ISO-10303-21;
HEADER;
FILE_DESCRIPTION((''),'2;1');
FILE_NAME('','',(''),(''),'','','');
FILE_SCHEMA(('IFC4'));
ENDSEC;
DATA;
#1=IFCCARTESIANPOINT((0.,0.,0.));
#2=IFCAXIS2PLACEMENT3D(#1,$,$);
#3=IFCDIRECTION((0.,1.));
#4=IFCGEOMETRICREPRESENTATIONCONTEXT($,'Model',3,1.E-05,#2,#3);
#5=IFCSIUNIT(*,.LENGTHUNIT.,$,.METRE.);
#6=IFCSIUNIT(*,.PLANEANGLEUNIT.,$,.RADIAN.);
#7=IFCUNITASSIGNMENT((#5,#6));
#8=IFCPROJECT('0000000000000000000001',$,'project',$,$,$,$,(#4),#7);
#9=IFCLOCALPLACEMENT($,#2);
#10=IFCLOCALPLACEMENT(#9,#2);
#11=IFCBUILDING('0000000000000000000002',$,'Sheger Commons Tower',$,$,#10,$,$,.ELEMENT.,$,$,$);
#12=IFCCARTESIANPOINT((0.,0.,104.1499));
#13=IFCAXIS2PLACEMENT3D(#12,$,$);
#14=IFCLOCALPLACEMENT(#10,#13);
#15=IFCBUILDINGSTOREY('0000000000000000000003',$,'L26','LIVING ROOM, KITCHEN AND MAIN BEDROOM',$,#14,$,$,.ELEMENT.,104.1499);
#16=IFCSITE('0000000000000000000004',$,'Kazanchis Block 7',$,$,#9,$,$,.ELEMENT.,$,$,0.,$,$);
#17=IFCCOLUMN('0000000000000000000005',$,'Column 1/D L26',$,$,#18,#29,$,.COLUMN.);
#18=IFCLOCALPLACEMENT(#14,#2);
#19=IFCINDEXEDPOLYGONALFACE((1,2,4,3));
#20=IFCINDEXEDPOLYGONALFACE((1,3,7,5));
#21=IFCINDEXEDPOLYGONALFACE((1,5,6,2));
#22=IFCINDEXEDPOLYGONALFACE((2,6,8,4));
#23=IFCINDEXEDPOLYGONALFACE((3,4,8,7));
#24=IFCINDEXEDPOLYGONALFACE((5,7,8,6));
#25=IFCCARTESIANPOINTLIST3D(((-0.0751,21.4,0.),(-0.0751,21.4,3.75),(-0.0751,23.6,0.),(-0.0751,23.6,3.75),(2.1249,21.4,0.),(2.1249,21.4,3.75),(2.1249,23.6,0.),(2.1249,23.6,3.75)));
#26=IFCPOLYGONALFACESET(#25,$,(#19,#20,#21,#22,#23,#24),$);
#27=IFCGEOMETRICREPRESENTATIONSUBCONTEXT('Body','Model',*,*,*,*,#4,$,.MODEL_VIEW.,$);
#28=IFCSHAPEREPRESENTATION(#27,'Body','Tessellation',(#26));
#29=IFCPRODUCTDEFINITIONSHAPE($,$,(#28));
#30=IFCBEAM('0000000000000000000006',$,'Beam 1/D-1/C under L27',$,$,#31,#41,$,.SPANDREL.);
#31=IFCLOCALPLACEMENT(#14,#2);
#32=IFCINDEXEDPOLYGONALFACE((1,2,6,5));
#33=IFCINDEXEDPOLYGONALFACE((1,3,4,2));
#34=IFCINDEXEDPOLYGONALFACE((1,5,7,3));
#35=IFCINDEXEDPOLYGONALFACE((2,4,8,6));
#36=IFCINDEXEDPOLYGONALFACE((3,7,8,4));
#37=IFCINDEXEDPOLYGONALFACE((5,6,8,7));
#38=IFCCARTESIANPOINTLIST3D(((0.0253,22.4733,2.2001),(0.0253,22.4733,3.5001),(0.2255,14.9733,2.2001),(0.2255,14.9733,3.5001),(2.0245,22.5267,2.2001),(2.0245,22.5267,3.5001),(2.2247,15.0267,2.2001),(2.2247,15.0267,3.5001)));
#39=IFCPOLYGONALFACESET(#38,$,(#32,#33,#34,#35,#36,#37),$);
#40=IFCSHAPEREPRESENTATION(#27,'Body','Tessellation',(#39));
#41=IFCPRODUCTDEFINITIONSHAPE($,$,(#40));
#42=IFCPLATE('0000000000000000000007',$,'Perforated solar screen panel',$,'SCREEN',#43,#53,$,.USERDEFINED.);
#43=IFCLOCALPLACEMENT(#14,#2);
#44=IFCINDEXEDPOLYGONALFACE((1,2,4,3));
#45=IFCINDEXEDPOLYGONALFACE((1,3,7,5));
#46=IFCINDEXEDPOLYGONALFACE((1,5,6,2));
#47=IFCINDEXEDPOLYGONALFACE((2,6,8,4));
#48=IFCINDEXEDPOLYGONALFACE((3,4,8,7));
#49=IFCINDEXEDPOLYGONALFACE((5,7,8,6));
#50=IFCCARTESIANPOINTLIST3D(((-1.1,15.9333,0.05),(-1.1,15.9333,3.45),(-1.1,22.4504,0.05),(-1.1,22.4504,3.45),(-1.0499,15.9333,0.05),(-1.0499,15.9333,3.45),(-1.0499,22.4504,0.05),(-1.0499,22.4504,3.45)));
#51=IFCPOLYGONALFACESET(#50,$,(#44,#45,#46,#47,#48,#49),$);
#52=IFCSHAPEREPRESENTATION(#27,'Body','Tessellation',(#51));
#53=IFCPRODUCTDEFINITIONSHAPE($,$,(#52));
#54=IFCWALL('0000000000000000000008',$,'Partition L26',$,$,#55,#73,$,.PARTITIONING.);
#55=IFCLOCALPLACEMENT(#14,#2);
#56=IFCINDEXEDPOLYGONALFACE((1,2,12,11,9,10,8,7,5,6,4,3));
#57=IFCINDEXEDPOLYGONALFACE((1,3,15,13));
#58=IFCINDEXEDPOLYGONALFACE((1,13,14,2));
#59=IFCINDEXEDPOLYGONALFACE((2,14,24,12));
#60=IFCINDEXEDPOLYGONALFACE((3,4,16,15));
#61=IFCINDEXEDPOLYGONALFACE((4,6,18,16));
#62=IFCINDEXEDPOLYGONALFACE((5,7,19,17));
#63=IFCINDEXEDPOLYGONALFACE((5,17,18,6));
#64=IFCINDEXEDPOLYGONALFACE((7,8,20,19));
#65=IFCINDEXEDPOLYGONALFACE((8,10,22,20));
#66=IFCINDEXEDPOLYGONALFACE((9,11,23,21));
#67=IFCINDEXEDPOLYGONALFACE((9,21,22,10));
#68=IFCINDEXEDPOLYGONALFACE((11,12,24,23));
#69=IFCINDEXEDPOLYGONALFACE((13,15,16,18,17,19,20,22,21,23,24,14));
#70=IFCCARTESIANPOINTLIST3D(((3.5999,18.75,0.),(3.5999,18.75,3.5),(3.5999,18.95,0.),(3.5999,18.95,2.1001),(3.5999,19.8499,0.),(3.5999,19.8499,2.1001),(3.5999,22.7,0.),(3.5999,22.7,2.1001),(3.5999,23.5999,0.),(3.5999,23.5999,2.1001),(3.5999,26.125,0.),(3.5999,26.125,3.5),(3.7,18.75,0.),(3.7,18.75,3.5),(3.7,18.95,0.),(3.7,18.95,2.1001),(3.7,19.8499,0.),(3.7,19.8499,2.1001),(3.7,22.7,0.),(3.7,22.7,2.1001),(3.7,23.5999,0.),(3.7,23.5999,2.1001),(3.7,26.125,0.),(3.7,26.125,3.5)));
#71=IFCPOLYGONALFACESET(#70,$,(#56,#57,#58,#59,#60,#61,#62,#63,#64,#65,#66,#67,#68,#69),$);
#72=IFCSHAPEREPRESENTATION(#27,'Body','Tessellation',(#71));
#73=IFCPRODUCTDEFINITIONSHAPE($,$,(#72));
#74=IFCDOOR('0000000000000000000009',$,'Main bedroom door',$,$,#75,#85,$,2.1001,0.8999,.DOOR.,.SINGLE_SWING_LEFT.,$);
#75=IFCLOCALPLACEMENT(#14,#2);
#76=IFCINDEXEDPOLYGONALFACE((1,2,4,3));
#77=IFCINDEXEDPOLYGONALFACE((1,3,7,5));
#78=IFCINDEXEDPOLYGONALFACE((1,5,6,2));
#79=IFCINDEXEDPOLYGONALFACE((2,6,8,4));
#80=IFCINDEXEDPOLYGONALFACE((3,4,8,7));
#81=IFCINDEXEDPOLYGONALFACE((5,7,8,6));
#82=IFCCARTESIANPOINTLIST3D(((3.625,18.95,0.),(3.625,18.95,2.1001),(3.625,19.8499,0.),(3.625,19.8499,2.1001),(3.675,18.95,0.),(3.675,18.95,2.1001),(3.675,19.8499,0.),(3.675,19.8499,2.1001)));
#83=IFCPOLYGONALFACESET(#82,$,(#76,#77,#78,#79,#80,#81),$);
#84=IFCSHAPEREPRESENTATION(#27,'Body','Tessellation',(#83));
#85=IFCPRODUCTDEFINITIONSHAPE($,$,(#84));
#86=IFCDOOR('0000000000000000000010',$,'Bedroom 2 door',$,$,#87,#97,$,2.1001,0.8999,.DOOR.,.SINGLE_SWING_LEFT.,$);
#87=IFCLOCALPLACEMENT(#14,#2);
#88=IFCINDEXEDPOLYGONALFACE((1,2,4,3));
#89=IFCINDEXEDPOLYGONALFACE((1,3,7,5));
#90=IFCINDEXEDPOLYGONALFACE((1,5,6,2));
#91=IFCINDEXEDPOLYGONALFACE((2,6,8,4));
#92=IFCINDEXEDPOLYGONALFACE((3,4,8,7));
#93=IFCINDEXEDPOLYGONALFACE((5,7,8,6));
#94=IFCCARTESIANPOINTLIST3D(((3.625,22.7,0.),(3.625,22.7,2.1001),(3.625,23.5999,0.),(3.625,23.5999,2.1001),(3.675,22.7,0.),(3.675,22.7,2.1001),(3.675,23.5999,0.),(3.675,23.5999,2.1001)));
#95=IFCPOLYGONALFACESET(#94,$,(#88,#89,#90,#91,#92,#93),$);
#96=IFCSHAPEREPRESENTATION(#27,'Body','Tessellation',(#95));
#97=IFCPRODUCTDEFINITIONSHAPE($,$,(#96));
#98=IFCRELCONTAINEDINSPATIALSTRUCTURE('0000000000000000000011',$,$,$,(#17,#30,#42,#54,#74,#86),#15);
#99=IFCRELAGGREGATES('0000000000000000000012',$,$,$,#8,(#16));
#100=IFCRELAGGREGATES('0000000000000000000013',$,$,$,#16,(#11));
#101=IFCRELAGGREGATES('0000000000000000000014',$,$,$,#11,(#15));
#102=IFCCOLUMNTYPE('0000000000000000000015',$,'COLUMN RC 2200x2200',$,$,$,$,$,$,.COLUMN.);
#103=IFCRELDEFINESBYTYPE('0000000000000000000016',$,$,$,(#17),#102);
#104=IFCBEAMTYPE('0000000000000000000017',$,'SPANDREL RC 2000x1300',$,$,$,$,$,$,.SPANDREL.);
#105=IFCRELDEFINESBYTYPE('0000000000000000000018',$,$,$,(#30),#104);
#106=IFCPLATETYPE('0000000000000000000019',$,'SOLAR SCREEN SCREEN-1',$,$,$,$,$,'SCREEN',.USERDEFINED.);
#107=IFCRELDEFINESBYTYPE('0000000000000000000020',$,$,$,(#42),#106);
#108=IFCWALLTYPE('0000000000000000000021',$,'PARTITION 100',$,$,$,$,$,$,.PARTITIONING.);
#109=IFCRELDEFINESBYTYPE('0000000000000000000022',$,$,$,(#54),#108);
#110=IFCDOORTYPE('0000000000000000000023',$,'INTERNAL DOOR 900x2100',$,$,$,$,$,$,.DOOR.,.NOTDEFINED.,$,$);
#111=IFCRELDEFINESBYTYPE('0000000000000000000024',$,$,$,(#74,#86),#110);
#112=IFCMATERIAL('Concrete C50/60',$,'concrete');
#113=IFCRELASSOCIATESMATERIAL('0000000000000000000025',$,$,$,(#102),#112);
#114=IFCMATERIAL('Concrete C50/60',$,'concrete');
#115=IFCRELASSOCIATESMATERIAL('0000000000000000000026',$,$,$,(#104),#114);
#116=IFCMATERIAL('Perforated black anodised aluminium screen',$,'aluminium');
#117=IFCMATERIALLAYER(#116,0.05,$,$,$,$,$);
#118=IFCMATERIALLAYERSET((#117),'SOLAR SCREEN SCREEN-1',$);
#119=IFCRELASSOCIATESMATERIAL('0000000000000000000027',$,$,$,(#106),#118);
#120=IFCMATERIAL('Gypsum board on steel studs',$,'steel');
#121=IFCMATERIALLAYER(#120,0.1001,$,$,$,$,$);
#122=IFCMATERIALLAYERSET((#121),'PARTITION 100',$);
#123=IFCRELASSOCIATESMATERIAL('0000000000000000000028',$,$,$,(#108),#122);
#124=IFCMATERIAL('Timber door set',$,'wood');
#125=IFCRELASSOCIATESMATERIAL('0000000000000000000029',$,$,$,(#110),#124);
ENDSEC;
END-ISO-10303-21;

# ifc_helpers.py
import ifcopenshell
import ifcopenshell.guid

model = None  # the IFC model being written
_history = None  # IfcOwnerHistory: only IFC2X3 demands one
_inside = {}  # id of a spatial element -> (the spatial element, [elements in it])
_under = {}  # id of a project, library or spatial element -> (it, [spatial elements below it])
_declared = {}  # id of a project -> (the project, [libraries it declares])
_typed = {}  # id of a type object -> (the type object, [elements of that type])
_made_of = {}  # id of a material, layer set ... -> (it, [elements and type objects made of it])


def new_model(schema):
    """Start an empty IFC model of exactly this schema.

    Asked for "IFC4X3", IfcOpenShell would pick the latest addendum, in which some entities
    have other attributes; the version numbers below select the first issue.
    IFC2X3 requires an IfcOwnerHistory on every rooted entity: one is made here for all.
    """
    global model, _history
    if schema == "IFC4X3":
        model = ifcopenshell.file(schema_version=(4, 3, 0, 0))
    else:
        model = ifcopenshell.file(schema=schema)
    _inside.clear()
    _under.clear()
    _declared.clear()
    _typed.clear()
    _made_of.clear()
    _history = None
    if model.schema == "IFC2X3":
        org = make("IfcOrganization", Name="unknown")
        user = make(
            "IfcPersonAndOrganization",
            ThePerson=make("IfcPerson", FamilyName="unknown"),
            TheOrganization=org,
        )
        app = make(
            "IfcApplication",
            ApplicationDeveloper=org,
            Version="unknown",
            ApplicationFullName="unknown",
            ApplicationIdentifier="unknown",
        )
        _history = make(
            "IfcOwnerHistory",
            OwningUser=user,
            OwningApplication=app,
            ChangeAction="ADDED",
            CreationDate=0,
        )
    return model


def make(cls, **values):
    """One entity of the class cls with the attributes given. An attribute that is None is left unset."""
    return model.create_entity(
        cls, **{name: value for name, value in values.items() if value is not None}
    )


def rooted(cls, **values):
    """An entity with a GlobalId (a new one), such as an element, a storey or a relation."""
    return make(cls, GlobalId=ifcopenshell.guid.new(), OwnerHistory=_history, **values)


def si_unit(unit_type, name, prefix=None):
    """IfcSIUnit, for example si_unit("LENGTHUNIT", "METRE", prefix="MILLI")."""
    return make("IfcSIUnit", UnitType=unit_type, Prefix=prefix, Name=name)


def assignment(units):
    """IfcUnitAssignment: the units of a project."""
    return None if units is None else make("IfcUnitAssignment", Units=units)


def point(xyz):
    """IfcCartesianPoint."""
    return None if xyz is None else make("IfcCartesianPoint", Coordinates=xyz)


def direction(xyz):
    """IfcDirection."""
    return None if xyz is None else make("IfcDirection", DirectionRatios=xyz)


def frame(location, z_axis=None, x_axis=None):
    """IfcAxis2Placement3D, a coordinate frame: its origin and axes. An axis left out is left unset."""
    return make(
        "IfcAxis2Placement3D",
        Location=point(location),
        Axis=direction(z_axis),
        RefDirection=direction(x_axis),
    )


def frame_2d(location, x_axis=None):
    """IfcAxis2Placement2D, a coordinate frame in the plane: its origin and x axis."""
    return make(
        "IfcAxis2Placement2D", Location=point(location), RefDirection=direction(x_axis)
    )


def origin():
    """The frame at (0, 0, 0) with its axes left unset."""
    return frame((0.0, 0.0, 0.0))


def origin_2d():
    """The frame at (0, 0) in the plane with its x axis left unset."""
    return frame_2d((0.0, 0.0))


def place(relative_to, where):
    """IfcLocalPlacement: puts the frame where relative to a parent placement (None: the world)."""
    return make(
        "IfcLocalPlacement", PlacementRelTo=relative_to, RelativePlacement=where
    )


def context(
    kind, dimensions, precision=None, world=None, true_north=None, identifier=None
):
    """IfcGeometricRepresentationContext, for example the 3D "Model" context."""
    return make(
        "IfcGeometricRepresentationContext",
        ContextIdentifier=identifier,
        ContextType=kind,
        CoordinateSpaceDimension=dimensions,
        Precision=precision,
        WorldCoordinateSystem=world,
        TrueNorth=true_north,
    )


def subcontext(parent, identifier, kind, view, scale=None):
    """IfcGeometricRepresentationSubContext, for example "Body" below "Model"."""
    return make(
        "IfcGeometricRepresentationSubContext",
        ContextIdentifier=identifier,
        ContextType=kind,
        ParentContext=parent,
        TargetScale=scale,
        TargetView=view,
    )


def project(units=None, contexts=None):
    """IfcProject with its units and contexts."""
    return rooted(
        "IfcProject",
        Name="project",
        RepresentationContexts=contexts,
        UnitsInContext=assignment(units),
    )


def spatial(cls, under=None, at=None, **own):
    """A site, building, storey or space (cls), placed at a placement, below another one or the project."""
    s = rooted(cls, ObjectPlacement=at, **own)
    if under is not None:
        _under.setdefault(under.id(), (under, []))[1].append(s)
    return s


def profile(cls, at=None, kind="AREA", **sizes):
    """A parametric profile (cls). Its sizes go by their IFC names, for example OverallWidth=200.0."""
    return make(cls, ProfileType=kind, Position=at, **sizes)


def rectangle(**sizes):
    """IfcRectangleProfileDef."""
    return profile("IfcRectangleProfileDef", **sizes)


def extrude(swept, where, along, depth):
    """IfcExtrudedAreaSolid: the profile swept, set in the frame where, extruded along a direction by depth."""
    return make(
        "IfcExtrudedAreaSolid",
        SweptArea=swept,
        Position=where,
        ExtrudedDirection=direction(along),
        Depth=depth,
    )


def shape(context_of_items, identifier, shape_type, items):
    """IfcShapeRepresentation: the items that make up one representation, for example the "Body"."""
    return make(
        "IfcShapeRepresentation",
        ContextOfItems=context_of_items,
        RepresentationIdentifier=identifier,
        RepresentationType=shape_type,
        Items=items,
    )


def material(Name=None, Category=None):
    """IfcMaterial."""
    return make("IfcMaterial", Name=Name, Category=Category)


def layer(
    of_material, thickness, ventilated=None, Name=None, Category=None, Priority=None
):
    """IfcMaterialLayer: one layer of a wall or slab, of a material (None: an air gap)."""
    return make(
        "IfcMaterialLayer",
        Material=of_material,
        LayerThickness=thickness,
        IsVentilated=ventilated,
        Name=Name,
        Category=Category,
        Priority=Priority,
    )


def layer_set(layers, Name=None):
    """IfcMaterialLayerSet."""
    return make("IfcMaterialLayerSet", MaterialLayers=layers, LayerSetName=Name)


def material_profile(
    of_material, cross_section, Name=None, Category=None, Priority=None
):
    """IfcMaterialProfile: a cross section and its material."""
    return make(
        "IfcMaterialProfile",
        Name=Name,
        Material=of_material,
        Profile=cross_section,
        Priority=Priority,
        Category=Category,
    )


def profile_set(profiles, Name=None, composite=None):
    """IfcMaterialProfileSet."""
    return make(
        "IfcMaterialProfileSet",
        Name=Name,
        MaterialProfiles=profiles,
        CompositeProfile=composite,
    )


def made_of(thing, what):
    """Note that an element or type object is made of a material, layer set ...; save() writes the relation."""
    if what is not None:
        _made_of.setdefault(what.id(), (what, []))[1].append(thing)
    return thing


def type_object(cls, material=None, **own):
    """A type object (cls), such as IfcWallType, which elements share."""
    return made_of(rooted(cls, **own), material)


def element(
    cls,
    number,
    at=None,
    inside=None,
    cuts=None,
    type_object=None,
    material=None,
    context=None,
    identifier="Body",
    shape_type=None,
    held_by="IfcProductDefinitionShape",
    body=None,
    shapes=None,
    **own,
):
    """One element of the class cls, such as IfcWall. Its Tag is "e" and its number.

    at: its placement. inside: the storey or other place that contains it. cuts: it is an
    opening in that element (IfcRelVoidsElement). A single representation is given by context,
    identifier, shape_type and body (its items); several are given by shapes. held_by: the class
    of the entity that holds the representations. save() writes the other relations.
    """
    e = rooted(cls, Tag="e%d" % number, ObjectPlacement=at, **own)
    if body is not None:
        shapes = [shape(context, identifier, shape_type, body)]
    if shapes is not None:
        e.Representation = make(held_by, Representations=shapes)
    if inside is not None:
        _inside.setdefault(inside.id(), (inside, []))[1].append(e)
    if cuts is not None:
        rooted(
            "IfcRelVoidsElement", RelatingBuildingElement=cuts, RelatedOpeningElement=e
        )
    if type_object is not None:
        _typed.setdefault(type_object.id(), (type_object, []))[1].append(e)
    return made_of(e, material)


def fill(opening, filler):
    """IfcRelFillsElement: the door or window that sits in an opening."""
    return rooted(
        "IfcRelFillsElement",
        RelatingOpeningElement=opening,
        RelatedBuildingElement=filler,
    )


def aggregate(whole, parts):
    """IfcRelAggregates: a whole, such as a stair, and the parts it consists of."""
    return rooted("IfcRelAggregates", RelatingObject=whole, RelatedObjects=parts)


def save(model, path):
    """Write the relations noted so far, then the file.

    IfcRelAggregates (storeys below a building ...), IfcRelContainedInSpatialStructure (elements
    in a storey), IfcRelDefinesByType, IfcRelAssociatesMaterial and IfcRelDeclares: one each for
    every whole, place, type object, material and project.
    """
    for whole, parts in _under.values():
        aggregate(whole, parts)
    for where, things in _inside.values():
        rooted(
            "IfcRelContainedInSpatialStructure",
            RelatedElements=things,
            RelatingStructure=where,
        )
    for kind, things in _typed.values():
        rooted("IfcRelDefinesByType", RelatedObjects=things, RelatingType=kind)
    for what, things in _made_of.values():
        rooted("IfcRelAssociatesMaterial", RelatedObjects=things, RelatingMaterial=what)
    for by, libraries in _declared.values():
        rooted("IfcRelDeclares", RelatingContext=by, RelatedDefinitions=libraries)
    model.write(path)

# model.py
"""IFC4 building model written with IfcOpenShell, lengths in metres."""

from ifc_helpers import new_model, si_unit, direction, frame, frame_2d, origin, origin_2d, place, context, subcontext, project, spatial, rectangle, extrude, material, layer, layer_set, material_profile, profile_set, type_object, element, fill, save


model = new_model("IFC4")

# Units and contexts
model_context = context("Model", 3, precision=1e-05, world=origin(), true_north=direction((0.0, 1.0)))
body_context = subcontext(model_context, "Body", "Model", "MODEL_VIEW")
ifc_project = project(units=[si_unit("LENGTHUNIT", "METRE"), si_unit("PLANEANGLEUNIT", "RADIAN")], contexts=[model_context])

# Site, building, storey
site_placement = place(None, origin())
site = spatial("IfcSite", under=ifc_project, at=site_placement, Name="Kazanchis Block 7", CompositionType="ELEMENT", RefElevation=0.0)
building_placement = place(site_placement, origin())
building = spatial("IfcBuilding", under=site, at=building_placement, Name="Sheger Commons Tower", CompositionType="ELEMENT")
storey_placement = place(building_placement, frame((0.0, 0.0, 104.1499)))
storey = spatial("IfcBuildingStorey", under=building, at=storey_placement, Name="L26", Description="LIVING ROOM, KITCHEN AND MAIN BEDROOM", CompositionType="ELEMENT", Elevation=104.1499)

# Column
ifc_material_1 = material(Name="Concrete C50/60", Category="concrete")
ifc_material_profile_1 = material_profile(ifc_material_1, rectangle(XDim=2.2, YDim=2.2, at=origin_2d()), Name="RC 2200x2200")
ifc_profile_set_1 = profile_set([ifc_material_profile_1], Name="Concrete C50/60")
column_type = type_object("IfcColumnType", Name="COLUMN RC 2200x2200", PredefinedType="COLUMN", material=ifc_profile_set_1)
column_placement = place(storey_placement, frame((1.0249, 22.5, 0.0), z_axis=(0.0, 0.0, 1.0), x_axis=(1.0, 0.0, 0.0)))
element("IfcColumn", 1, at=column_placement, inside=storey, type_object=column_type, Name="Column 1/D L26", PredefinedType="COLUMN", context=body_context, shape_type="SweptSolid", body=[
    extrude(rectangle(XDim=2.2, YDim=2.2, at=origin_2d()), origin(), (0.0, 0.0, 1.0), 3.75),
])

# Beam
ifc_material_2 = material(Name="Concrete C50/60", Category="concrete")
ifc_material_profile_2 = material_profile(ifc_material_2, rectangle(XDim=2.0, YDim=1.3, at=origin_2d()), Name="RC 2000x1300")
ifc_profile_set_2 = profile_set([ifc_material_profile_2], Name="Concrete C50/60")
beam_type = type_object("IfcBeamType", Name="SPANDREL RC 2000x1300", PredefinedType="SPANDREL", material=ifc_profile_set_2)
beam_placement = place(storey_placement, frame((1.0249, 22.5, 2.8501), z_axis=(0.026683, -0.999644, 0.0), x_axis=(0.999644, 0.026683, 0.0)))
element("IfcBeam", 2, at=beam_placement, inside=storey, type_object=beam_type, Name="Beam 1/D-1/C under L27", PredefinedType="SPANDREL", context=body_context, shape_type="SweptSolid", body=[
    extrude(rectangle(XDim=2.0, YDim=1.3, at=origin_2d()), origin(), (0.0, 0.0, 1.0), 7.5027),
])

# Plate
ifc_material_3 = material(Name="Perforated black anodised aluminium screen", Category="aluminium")
ifc_layer_1 = layer(ifc_material_3, 0.05)
ifc_layer_set_1 = layer_set([ifc_layer_1], Name="SOLAR SCREEN SCREEN-1")
plate_type = type_object("IfcPlateType", Name="SOLAR SCREEN SCREEN-1", ElementType="SCREEN", PredefinedType="USERDEFINED", material=ifc_layer_set_1)
plate_placement = place(storey_placement, frame((-1.075, 19.1919, 0.05), z_axis=(0.0, 0.0, 1.0), x_axis=(0.0, -1.0, 0.0)))
element("IfcPlate", 3, at=plate_placement, inside=storey, type_object=plate_type, Name="Perforated solar screen panel", ObjectType="SCREEN", PredefinedType="USERDEFINED", context=body_context, shape_type="SweptSolid", body=[
    extrude(rectangle(XDim=6.5171, YDim=0.05, at=origin_2d()), origin(), (0.0, 0.0, 1.0), 3.3999),
])

# Wall, openings, doors
ifc_material_4 = material(Name="Gypsum board on steel studs", Category="steel")
ifc_layer_2 = layer(ifc_material_4, 0.1001)
ifc_layer_set_2 = layer_set([ifc_layer_2], Name="PARTITION 100")
wall_type = type_object("IfcWallType", Name="PARTITION 100", PredefinedType="PARTITIONING", material=ifc_layer_set_2)
wall_1_placement = place(storey_placement, frame((3.6499, 18.75, 0.0), z_axis=(0.0, 0.0, 1.0), x_axis=(0.0, 1.0, 0.0)))
wall_1 = element("IfcWall", 4, at=wall_1_placement, inside=storey, type_object=wall_type, Name="Partition L26", PredefinedType="PARTITIONING", context=body_context, shape_type="SweptSolid", body=[
    extrude(rectangle(XDim=7.375, YDim=0.1001, at=frame_2d((3.6875, 0.0))), origin(), (0.0, 0.0, 1.0), 3.5),
])
opening_1_placement = place(wall_1_placement, frame((0.2, 0.0, 0.0)))
opening_1 = element("IfcOpeningElement", 5, at=opening_1_placement, cuts=wall_1, PredefinedType="OPENING", context=body_context, shape_type="SweptSolid", body=[
    extrude(rectangle(XDim=0.8999, YDim=2.1001, at=frame_2d((0.45, 1.05))), frame((0.0, 0.0601, 0.0), z_axis=(0.0, -1.0, 0.0), x_axis=(1.0, 0.0, 0.0)), (0.0, 0.0, 1.0), 0.1201),
])
opening_2_placement = place(wall_1_placement, frame((3.95, 0.0, 0.0)))
opening_2 = element("IfcOpeningElement", 6, at=opening_2_placement, cuts=wall_1, PredefinedType="OPENING", context=body_context, shape_type="SweptSolid", body=[
    extrude(rectangle(XDim=0.8999, YDim=2.1001, at=frame_2d((0.45, 1.05))), frame((0.0, 0.0601, 0.0), z_axis=(0.0, -1.0, 0.0), x_axis=(1.0, 0.0, 0.0)), (0.0, 0.0, 1.0), 0.1201),
])
ifc_material_5 = material(Name="Timber door set", Category="wood")
door_type = type_object("IfcDoorType", Name="INTERNAL DOOR 900x2100", OperationType="NOTDEFINED", PredefinedType="DOOR", material=ifc_material_5)
door_1_placement = place(opening_1_placement, origin())
door_1 = element("IfcDoor", 7, at=door_1_placement, inside=storey, type_object=door_type, Name="Main bedroom door", OperationType="SINGLE_SWING_LEFT", OverallHeight=2.1001, OverallWidth=0.8999, PredefinedType="DOOR", context=body_context, shape_type="SweptSolid", body=[
    extrude(rectangle(XDim=0.8999, YDim=2.1001, at=frame_2d((0.45, 1.05))), frame((0.0, 0.0249, 0.0), z_axis=(0.0, -1.0, 0.0), x_axis=(1.0, 0.0, 0.0)), (0.0, 0.0, 1.0), 0.05),
])
fill(opening_1, door_1)
door_2_placement = place(opening_2_placement, origin())
door_2 = element("IfcDoor", 8, at=door_2_placement, inside=storey, type_object=door_type, Name="Bedroom 2 door", OperationType="SINGLE_SWING_LEFT", OverallHeight=2.1001, OverallWidth=0.8999, PredefinedType="DOOR", context=body_context, shape_type="SweptSolid", body=[
    extrude(rectangle(XDim=0.8999, YDim=2.1001, at=frame_2d((0.45, 1.05))), frame((0.0, 0.0249, 0.0), z_axis=(0.0, -1.0, 0.0), x_axis=(1.0, 0.0, 0.0)), (0.0, 0.0, 1.0), 0.05),
])
fill(opening_2, door_2)

save(model, "model.ifc")
